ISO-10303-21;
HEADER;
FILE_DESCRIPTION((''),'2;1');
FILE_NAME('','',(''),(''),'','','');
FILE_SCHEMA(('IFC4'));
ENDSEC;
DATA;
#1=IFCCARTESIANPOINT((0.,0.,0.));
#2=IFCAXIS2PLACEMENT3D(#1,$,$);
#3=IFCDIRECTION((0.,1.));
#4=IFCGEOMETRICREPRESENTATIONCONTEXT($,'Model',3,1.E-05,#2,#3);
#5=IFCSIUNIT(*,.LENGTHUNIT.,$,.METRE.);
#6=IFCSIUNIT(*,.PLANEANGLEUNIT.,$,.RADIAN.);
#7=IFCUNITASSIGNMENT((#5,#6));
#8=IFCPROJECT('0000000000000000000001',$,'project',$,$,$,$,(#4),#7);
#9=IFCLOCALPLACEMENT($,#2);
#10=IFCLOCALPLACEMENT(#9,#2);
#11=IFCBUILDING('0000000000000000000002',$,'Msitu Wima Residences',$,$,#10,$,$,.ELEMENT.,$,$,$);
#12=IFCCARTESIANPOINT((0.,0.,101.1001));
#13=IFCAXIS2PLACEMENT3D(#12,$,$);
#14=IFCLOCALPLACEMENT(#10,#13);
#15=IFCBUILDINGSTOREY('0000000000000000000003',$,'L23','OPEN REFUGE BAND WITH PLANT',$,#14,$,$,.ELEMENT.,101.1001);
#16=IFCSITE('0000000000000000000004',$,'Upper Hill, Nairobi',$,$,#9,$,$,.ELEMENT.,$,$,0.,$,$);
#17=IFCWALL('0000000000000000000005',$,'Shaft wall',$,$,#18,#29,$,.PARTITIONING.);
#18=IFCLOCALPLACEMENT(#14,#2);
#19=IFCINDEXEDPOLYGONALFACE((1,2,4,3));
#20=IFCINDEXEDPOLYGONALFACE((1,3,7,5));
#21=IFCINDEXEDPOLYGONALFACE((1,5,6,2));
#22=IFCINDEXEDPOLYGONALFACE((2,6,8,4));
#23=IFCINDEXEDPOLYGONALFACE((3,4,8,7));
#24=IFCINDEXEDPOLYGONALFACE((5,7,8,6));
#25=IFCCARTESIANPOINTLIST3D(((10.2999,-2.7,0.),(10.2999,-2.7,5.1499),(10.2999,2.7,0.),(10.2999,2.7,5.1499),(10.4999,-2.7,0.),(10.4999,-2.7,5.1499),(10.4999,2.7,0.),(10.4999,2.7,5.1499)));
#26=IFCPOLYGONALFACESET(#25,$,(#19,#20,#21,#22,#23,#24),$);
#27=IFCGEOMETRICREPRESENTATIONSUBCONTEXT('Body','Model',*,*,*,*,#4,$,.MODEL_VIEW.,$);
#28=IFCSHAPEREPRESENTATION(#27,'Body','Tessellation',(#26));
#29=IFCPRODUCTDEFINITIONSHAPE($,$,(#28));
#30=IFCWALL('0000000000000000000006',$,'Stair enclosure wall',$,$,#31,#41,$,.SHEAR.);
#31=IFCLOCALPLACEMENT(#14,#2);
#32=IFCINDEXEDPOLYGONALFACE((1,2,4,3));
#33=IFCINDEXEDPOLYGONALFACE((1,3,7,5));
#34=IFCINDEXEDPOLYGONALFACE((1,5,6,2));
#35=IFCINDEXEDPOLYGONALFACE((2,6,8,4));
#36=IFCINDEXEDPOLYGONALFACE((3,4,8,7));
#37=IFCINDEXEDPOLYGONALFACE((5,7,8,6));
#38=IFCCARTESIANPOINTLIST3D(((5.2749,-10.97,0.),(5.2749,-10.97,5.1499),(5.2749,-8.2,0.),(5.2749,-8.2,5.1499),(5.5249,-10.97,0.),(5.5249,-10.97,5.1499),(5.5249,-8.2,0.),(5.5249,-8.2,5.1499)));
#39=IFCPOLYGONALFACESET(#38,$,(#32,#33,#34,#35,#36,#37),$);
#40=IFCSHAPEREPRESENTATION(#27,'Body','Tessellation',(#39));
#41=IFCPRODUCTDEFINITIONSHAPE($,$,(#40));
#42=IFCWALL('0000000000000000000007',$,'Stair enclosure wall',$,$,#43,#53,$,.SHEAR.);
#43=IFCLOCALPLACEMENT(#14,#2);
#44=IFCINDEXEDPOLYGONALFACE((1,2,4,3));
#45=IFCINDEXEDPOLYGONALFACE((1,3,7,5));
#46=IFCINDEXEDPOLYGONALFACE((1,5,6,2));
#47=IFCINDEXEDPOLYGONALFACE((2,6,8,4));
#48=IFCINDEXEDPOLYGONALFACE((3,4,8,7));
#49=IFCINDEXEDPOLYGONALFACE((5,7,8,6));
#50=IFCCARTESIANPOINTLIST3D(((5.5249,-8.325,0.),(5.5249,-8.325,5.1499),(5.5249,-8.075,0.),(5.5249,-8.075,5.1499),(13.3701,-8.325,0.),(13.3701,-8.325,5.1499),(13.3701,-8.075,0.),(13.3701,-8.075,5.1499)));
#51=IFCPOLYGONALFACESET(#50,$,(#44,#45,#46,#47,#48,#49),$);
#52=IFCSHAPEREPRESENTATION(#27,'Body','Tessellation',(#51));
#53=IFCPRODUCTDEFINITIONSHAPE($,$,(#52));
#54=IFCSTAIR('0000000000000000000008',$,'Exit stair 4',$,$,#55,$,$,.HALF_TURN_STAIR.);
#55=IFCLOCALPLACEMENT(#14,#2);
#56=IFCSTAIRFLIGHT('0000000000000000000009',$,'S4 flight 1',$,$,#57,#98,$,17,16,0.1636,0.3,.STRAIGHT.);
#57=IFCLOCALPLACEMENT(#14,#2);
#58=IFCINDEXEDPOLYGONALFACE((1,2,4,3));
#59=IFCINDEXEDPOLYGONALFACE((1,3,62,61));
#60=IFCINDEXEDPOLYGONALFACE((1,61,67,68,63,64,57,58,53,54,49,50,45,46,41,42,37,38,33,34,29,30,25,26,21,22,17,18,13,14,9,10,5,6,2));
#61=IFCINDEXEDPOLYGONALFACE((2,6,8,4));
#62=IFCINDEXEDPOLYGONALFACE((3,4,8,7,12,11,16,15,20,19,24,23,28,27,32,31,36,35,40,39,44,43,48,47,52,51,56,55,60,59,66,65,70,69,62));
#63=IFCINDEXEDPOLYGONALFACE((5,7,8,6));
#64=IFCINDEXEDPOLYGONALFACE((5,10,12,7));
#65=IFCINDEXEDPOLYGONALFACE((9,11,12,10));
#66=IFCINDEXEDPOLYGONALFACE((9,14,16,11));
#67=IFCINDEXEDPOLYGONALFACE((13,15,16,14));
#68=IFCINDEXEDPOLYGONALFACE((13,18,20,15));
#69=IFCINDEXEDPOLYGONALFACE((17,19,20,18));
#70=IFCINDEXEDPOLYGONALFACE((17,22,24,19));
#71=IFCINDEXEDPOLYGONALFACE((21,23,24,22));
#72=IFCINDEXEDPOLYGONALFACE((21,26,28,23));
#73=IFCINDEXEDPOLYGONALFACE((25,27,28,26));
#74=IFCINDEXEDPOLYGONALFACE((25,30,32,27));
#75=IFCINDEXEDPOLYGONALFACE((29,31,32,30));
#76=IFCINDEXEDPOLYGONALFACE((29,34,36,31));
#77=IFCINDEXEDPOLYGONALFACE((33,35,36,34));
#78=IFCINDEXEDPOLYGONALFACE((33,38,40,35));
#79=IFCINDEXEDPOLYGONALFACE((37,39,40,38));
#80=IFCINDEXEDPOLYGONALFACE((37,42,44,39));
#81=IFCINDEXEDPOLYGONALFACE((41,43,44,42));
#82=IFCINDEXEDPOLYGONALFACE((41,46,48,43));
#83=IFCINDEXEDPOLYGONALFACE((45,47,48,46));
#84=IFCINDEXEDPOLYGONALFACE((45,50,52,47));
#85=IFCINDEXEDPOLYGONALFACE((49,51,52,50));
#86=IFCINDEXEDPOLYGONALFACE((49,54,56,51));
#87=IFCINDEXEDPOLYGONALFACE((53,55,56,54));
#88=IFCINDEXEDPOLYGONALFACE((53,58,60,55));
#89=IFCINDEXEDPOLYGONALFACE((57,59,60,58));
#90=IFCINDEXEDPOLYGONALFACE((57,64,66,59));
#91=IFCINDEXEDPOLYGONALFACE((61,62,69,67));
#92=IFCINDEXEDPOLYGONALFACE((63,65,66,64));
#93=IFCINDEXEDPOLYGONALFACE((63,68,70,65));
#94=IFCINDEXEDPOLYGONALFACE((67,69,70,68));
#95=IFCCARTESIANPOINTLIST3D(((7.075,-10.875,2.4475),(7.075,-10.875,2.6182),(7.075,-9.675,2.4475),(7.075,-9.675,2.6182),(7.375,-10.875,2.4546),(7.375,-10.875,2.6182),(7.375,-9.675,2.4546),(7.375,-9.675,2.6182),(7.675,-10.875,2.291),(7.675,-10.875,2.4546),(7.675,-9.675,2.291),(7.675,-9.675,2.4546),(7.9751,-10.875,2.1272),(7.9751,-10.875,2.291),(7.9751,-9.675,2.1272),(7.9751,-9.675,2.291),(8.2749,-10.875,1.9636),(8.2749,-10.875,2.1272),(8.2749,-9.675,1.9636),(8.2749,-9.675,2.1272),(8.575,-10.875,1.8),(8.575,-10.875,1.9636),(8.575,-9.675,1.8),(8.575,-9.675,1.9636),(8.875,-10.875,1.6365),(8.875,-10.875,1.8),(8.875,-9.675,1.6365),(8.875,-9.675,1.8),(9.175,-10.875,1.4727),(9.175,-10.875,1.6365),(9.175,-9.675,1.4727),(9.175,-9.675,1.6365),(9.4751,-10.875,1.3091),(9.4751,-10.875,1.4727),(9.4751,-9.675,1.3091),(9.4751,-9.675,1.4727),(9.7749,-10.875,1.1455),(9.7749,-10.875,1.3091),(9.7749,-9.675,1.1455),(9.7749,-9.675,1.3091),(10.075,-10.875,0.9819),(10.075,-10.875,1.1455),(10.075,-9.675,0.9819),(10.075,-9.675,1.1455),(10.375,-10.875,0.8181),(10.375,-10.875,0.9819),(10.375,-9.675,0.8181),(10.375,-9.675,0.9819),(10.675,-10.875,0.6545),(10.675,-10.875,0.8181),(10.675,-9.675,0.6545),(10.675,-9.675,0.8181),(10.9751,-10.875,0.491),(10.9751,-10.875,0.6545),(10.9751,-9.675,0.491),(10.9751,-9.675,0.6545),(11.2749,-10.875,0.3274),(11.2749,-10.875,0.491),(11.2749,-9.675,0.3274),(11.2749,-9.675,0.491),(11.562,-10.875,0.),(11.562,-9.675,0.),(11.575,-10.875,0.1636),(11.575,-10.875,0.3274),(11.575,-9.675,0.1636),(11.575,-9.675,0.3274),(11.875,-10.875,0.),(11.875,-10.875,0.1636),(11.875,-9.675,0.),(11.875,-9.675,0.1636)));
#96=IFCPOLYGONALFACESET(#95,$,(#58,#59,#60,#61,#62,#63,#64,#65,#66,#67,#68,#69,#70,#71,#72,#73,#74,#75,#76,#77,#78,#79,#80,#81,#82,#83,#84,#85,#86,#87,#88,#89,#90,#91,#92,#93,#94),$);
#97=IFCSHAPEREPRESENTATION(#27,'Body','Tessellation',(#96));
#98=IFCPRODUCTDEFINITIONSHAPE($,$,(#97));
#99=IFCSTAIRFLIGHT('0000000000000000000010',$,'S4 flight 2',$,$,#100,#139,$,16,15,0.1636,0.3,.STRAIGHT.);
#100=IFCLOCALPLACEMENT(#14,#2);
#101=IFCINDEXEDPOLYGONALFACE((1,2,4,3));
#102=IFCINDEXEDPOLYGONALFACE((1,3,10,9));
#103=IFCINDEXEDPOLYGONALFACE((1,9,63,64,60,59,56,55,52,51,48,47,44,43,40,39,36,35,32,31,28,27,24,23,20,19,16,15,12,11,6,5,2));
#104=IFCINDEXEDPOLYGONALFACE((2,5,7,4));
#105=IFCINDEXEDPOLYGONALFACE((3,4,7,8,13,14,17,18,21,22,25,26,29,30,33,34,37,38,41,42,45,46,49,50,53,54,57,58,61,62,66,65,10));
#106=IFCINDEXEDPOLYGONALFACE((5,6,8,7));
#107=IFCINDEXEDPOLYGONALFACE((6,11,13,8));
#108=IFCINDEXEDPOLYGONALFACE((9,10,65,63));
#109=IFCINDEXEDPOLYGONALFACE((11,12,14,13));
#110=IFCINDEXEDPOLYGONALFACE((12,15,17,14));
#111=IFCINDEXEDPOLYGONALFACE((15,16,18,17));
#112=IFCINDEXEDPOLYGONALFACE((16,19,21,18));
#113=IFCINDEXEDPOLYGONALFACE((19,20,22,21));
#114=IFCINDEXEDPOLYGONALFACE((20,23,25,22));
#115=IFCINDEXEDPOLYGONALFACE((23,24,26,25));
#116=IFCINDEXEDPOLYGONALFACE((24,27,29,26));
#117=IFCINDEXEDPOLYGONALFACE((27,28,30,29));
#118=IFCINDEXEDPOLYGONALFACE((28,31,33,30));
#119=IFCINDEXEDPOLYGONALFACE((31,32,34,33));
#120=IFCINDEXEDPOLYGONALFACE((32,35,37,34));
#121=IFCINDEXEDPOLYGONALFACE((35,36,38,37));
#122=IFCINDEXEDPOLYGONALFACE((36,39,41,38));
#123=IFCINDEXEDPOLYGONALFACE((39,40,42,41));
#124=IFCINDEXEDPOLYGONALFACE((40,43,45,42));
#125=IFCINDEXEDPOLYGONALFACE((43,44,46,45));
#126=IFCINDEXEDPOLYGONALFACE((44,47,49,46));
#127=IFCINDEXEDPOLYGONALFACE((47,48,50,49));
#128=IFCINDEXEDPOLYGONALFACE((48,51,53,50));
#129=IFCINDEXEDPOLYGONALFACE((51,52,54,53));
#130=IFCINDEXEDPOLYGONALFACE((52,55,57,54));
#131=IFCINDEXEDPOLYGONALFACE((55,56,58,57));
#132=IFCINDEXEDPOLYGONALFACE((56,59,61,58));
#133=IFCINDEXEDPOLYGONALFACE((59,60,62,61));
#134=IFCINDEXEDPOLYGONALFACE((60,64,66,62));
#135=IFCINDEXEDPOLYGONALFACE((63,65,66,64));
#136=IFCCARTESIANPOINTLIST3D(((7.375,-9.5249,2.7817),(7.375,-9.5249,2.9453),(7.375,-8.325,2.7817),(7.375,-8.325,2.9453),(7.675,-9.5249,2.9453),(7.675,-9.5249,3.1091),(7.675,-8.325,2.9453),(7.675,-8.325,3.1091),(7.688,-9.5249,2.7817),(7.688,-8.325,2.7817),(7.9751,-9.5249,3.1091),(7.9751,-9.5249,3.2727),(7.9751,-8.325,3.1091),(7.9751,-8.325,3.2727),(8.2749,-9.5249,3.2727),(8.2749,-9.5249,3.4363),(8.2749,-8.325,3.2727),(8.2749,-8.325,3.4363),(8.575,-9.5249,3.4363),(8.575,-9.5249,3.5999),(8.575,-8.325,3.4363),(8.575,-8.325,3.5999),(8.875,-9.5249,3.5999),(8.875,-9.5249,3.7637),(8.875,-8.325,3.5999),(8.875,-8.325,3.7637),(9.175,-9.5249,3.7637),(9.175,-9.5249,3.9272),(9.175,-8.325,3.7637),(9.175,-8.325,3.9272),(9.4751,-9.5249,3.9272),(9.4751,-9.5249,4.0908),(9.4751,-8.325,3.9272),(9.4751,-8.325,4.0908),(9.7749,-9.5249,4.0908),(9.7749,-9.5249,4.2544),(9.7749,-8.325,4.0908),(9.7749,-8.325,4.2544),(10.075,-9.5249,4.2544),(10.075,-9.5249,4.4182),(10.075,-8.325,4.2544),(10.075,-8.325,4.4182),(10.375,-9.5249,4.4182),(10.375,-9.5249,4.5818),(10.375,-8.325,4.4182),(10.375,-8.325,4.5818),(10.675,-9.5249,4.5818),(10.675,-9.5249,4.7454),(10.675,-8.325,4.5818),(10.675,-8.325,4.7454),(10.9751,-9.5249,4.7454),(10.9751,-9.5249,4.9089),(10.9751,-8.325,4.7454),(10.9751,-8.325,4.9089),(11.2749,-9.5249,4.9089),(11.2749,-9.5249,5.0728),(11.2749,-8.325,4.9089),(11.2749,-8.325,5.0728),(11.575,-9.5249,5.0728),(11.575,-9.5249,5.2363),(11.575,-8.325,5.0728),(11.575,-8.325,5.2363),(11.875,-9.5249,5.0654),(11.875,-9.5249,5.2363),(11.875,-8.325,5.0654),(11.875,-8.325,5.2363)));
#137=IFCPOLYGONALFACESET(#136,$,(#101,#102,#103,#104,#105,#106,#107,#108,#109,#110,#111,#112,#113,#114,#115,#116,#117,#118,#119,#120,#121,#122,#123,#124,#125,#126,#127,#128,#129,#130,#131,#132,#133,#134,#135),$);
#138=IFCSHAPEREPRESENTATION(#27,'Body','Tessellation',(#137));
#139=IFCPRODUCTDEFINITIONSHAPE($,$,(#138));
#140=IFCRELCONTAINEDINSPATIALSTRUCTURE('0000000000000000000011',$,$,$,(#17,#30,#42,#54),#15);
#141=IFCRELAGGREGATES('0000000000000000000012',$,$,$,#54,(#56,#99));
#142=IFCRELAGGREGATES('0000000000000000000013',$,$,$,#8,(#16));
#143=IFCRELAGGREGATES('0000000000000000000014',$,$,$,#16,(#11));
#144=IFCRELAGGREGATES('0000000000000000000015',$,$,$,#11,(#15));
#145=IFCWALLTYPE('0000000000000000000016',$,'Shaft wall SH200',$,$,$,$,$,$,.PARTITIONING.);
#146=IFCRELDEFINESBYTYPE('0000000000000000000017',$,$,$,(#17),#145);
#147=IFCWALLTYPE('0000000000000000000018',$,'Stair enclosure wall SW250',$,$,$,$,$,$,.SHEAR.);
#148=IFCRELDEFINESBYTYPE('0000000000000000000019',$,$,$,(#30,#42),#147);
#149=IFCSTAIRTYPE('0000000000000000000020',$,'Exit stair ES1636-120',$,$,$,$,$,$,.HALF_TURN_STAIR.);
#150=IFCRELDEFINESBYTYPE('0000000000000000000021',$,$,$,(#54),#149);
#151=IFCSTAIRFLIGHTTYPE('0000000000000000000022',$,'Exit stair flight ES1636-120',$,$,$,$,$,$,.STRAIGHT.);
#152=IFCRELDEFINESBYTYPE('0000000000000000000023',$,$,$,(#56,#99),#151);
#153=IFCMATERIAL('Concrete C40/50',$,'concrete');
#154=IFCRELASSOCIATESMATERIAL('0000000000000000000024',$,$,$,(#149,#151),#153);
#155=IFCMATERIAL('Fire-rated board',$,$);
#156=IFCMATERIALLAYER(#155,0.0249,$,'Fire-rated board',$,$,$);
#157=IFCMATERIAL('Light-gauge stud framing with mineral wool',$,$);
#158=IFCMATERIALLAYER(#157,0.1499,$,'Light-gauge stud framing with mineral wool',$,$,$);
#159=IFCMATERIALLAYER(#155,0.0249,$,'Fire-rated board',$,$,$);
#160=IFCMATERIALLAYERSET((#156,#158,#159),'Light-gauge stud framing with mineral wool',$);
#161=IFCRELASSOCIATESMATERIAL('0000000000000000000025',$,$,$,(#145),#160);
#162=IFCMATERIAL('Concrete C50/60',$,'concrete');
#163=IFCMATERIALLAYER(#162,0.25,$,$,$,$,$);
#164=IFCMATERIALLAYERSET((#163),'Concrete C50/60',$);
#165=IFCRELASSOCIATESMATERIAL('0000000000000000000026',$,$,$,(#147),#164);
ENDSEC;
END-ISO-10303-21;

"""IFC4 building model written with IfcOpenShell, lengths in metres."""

from ifc_helpers import new_model, si_unit, direction, frame, frame_2d, origin, place, context, subcontext, project, spatial, polyline, rectangle, outline, extrude, material, layer, layer_set, type_object, element, aggregate, save


model = new_model("IFC4")

# Units and contexts
model_context = context("Model", 3, precision=1e-05, world=origin(), true_north=direction((0.0, 1.0)))
body_context = subcontext(model_context, "Body", "Model", "MODEL_VIEW")
ifc_project = project(units=[si_unit("LENGTHUNIT", "METRE"), si_unit("PLANEANGLEUNIT", "RADIAN")], contexts=[model_context])

# Site, building, storey
site_placement = place(None, origin())
site = spatial("IfcSite", under=ifc_project, at=site_placement, Name="Upper Hill, Nairobi", CompositionType="ELEMENT", RefElevation=0.0)
building_placement = place(site_placement, origin())
building = spatial("IfcBuilding", under=site, at=building_placement, Name="Msitu Wima Residences", CompositionType="ELEMENT")
storey_placement = place(building_placement, frame((0.0, 0.0, 101.1001)))
storey = spatial("IfcBuildingStorey", under=building, at=storey_placement, Name="L23", Description="OPEN REFUGE BAND WITH PLANT", CompositionType="ELEMENT", Elevation=101.1001)

# Shared definitions
ifc_material_1 = material(Name="Concrete C50/60", Category="concrete")
ifc_material_2 = material(Name="Concrete C40/50", Category="concrete")

# Shared definitions
stair_type = type_object("IfcStairType", Name="Exit stair ES1636-120", PredefinedType="HALF_TURN_STAIR", material=ifc_material_2)

# Walls
ifc_material_3 = material(Name="Fire-rated board")
ifc_layer_1 = layer(ifc_material_3, 0.0249, Name="Fire-rated board")
ifc_material_4 = material(Name="Light-gauge stud framing with mineral wool")
ifc_layer_2 = layer(ifc_material_4, 0.1499, Name="Light-gauge stud framing with mineral wool")
ifc_layer_3 = layer(ifc_material_3, 0.0249, Name="Fire-rated board")
ifc_layer_set_1 = layer_set([ifc_layer_1, ifc_layer_2, ifc_layer_3], Name="Light-gauge stud framing with mineral wool")
wall_type_1 = type_object("IfcWallType", Name="Shaft wall SH200", PredefinedType="PARTITIONING", material=ifc_layer_set_1)
wall_1_placement = place(storey_placement, frame((10.3999, -2.7, 0.0), z_axis=(0.0, 0.0, 1.0), x_axis=(0.0, 1.0, 0.0)))
element("IfcWall", 1, at=wall_1_placement, inside=storey, type_object=wall_type_1, Name="Shaft wall", PredefinedType="PARTITIONING", context=body_context, shape_type="SweptSolid", body=[
    extrude(rectangle(XDim=5.3999, YDim=0.2, at=frame_2d((2.7, 0.0))), origin(), (0.0, 0.0, 1.0), 5.1499),
])
ifc_layer_4 = layer(ifc_material_1, 0.25)
ifc_layer_set_2 = layer_set([ifc_layer_4], Name="Concrete C50/60")
wall_type_2 = type_object("IfcWallType", Name="Stair enclosure wall SW250", PredefinedType="SHEAR", material=ifc_layer_set_2)
wall_2_placement = place(storey_placement, frame((5.3999, -10.97, 0.0), z_axis=(0.0, 0.0, 1.0), x_axis=(0.0, 1.0, 0.0)))
element("IfcWall", 2, at=wall_2_placement, inside=storey, type_object=wall_type_2, Name="Stair enclosure wall", PredefinedType="SHEAR", context=body_context, shape_type="SweptSolid", body=[
    extrude(rectangle(XDim=2.77, YDim=0.25, at=frame_2d((1.385, 0.0))), origin(), (0.0, 0.0, 1.0), 5.1499),
])
wall_3_placement = place(storey_placement, frame((5.5249, -8.2, 0.0), z_axis=(0.0, 0.0, 1.0), x_axis=(1.0, 0.0, 0.0)))
element("IfcWall", 3, at=wall_3_placement, inside=storey, type_object=wall_type_2, Name="Stair enclosure wall", PredefinedType="SHEAR", context=body_context, shape_type="SweptSolid", body=[
    extrude(rectangle(XDim=7.8452, YDim=0.25, at=frame_2d((3.9226, 0.0))), origin(), (0.0, 0.0, 1.0), 5.1499),
])

# Stair, stair flights
stair_1_placement = place(storey_placement, origin())
stair_1 = element("IfcStair", 4, at=stair_1_placement, inside=storey, type_object=stair_type, Name="Exit stair 4", PredefinedType="HALF_TURN_STAIR")
stair_flight_type = type_object("IfcStairFlightType", Name="Exit stair flight ES1636-120", PredefinedType="STRAIGHT", material=ifc_material_2)
stair_flight_1_placement = place(storey_placement, frame((11.875, -10.2749, 0.0), z_axis=(0.0, 0.0, 1.0), x_axis=(-1.0, 0.0, 0.0)))
stair_flight_1 = element("IfcStairFlight", 5, at=stair_flight_1_placement, type_object=stair_flight_type, Name="S4 flight 1", NumberOfRisers=17, NumberOfTreads=16, PredefinedType="STRAIGHT", RiserHeight=0.1636, TreadLength=0.3, context=body_context, shape_type="SweptSolid", body=[
    extrude(outline(polyline([(0.0, 0.0), (0.0, 0.1636), (0.3, 0.1636), (0.3, 0.3274), (0.6001, 0.3274), (0.6001, 0.491), (0.8999, 0.491), (0.8999, 0.6545), (1.2, 0.6545), (1.2, 0.8181), (1.5, 0.8181), (1.5, 0.9819), (1.8, 0.9819), (1.8, 1.1455), (2.1001, 1.1455), (2.1001, 1.3091), (2.3999, 1.3091), (2.3999, 1.4727), (2.7, 1.4727), (2.7, 1.6365), (3.0, 1.6365), (3.0, 1.8), (3.3, 1.8), (3.3, 1.9636), (3.6001, 1.9636), (3.6001, 2.1272), (3.8999, 2.1272), (3.8999, 2.291), (4.2, 2.291), (4.2, 2.4546), (4.5, 2.4546), (4.5, 2.6182), (4.8, 2.6182), (4.8, 2.7817), (4.8, 2.4475), (0.313, 0.0), (0.0, 0.0)])), frame((0.0, 0.6001, 0.0), z_axis=(0.0, -1.0, 0.0), x_axis=(1.0, 0.0, 0.0)), (0.0, 0.0, 1.0), 1.2),
])
stair_flight_2_placement = place(storey_placement, frame((7.375, -8.925, 2.7817), z_axis=(0.0, 0.0, 1.0), x_axis=(1.0, 0.0, 0.0)))
stair_flight_2 = element("IfcStairFlight", 6, at=stair_flight_2_placement, type_object=stair_flight_type, Name="S4 flight 2", NumberOfRisers=16, NumberOfTreads=15, PredefinedType="STRAIGHT", RiserHeight=0.1636, TreadLength=0.3, context=body_context, shape_type="SweptSolid", body=[
    extrude(outline(polyline([(0.0, 0.0), (0.0, 0.1636), (0.3, 0.1636), (0.3, 0.3274), (0.6001, 0.3274), (0.6001, 0.491), (0.8999, 0.491), (0.8999, 0.6545), (1.2, 0.6545), (1.2, 0.8181), (1.5, 0.8181), (1.5, 0.9819), (1.8, 0.9819), (1.8, 1.1455), (2.1001, 1.1455), (2.1001, 1.3091), (2.3999, 1.3091), (2.3999, 1.4727), (2.7, 1.4727), (2.7, 1.6365), (3.0, 1.6365), (3.0, 1.8), (3.3, 1.8), (3.3, 1.9636), (3.6001, 1.9636), (3.6001, 2.1272), (3.8999, 2.1272), (3.8999, 2.291), (4.2, 2.291), (4.2, 2.4546), (4.5, 2.4546), (4.5, 2.6182), (4.5, 2.2837), (0.313, 0.0), (0.0, 0.0)])), frame((0.0, 0.6001, 0.0), z_axis=(0.0, -1.0, 0.0), x_axis=(1.0, 0.0, 0.0)), (0.0, 0.0, 1.0), 1.2),
])
aggregate(stair_1, [stair_flight_1, stair_flight_2])

save(model, "model.ifc")
